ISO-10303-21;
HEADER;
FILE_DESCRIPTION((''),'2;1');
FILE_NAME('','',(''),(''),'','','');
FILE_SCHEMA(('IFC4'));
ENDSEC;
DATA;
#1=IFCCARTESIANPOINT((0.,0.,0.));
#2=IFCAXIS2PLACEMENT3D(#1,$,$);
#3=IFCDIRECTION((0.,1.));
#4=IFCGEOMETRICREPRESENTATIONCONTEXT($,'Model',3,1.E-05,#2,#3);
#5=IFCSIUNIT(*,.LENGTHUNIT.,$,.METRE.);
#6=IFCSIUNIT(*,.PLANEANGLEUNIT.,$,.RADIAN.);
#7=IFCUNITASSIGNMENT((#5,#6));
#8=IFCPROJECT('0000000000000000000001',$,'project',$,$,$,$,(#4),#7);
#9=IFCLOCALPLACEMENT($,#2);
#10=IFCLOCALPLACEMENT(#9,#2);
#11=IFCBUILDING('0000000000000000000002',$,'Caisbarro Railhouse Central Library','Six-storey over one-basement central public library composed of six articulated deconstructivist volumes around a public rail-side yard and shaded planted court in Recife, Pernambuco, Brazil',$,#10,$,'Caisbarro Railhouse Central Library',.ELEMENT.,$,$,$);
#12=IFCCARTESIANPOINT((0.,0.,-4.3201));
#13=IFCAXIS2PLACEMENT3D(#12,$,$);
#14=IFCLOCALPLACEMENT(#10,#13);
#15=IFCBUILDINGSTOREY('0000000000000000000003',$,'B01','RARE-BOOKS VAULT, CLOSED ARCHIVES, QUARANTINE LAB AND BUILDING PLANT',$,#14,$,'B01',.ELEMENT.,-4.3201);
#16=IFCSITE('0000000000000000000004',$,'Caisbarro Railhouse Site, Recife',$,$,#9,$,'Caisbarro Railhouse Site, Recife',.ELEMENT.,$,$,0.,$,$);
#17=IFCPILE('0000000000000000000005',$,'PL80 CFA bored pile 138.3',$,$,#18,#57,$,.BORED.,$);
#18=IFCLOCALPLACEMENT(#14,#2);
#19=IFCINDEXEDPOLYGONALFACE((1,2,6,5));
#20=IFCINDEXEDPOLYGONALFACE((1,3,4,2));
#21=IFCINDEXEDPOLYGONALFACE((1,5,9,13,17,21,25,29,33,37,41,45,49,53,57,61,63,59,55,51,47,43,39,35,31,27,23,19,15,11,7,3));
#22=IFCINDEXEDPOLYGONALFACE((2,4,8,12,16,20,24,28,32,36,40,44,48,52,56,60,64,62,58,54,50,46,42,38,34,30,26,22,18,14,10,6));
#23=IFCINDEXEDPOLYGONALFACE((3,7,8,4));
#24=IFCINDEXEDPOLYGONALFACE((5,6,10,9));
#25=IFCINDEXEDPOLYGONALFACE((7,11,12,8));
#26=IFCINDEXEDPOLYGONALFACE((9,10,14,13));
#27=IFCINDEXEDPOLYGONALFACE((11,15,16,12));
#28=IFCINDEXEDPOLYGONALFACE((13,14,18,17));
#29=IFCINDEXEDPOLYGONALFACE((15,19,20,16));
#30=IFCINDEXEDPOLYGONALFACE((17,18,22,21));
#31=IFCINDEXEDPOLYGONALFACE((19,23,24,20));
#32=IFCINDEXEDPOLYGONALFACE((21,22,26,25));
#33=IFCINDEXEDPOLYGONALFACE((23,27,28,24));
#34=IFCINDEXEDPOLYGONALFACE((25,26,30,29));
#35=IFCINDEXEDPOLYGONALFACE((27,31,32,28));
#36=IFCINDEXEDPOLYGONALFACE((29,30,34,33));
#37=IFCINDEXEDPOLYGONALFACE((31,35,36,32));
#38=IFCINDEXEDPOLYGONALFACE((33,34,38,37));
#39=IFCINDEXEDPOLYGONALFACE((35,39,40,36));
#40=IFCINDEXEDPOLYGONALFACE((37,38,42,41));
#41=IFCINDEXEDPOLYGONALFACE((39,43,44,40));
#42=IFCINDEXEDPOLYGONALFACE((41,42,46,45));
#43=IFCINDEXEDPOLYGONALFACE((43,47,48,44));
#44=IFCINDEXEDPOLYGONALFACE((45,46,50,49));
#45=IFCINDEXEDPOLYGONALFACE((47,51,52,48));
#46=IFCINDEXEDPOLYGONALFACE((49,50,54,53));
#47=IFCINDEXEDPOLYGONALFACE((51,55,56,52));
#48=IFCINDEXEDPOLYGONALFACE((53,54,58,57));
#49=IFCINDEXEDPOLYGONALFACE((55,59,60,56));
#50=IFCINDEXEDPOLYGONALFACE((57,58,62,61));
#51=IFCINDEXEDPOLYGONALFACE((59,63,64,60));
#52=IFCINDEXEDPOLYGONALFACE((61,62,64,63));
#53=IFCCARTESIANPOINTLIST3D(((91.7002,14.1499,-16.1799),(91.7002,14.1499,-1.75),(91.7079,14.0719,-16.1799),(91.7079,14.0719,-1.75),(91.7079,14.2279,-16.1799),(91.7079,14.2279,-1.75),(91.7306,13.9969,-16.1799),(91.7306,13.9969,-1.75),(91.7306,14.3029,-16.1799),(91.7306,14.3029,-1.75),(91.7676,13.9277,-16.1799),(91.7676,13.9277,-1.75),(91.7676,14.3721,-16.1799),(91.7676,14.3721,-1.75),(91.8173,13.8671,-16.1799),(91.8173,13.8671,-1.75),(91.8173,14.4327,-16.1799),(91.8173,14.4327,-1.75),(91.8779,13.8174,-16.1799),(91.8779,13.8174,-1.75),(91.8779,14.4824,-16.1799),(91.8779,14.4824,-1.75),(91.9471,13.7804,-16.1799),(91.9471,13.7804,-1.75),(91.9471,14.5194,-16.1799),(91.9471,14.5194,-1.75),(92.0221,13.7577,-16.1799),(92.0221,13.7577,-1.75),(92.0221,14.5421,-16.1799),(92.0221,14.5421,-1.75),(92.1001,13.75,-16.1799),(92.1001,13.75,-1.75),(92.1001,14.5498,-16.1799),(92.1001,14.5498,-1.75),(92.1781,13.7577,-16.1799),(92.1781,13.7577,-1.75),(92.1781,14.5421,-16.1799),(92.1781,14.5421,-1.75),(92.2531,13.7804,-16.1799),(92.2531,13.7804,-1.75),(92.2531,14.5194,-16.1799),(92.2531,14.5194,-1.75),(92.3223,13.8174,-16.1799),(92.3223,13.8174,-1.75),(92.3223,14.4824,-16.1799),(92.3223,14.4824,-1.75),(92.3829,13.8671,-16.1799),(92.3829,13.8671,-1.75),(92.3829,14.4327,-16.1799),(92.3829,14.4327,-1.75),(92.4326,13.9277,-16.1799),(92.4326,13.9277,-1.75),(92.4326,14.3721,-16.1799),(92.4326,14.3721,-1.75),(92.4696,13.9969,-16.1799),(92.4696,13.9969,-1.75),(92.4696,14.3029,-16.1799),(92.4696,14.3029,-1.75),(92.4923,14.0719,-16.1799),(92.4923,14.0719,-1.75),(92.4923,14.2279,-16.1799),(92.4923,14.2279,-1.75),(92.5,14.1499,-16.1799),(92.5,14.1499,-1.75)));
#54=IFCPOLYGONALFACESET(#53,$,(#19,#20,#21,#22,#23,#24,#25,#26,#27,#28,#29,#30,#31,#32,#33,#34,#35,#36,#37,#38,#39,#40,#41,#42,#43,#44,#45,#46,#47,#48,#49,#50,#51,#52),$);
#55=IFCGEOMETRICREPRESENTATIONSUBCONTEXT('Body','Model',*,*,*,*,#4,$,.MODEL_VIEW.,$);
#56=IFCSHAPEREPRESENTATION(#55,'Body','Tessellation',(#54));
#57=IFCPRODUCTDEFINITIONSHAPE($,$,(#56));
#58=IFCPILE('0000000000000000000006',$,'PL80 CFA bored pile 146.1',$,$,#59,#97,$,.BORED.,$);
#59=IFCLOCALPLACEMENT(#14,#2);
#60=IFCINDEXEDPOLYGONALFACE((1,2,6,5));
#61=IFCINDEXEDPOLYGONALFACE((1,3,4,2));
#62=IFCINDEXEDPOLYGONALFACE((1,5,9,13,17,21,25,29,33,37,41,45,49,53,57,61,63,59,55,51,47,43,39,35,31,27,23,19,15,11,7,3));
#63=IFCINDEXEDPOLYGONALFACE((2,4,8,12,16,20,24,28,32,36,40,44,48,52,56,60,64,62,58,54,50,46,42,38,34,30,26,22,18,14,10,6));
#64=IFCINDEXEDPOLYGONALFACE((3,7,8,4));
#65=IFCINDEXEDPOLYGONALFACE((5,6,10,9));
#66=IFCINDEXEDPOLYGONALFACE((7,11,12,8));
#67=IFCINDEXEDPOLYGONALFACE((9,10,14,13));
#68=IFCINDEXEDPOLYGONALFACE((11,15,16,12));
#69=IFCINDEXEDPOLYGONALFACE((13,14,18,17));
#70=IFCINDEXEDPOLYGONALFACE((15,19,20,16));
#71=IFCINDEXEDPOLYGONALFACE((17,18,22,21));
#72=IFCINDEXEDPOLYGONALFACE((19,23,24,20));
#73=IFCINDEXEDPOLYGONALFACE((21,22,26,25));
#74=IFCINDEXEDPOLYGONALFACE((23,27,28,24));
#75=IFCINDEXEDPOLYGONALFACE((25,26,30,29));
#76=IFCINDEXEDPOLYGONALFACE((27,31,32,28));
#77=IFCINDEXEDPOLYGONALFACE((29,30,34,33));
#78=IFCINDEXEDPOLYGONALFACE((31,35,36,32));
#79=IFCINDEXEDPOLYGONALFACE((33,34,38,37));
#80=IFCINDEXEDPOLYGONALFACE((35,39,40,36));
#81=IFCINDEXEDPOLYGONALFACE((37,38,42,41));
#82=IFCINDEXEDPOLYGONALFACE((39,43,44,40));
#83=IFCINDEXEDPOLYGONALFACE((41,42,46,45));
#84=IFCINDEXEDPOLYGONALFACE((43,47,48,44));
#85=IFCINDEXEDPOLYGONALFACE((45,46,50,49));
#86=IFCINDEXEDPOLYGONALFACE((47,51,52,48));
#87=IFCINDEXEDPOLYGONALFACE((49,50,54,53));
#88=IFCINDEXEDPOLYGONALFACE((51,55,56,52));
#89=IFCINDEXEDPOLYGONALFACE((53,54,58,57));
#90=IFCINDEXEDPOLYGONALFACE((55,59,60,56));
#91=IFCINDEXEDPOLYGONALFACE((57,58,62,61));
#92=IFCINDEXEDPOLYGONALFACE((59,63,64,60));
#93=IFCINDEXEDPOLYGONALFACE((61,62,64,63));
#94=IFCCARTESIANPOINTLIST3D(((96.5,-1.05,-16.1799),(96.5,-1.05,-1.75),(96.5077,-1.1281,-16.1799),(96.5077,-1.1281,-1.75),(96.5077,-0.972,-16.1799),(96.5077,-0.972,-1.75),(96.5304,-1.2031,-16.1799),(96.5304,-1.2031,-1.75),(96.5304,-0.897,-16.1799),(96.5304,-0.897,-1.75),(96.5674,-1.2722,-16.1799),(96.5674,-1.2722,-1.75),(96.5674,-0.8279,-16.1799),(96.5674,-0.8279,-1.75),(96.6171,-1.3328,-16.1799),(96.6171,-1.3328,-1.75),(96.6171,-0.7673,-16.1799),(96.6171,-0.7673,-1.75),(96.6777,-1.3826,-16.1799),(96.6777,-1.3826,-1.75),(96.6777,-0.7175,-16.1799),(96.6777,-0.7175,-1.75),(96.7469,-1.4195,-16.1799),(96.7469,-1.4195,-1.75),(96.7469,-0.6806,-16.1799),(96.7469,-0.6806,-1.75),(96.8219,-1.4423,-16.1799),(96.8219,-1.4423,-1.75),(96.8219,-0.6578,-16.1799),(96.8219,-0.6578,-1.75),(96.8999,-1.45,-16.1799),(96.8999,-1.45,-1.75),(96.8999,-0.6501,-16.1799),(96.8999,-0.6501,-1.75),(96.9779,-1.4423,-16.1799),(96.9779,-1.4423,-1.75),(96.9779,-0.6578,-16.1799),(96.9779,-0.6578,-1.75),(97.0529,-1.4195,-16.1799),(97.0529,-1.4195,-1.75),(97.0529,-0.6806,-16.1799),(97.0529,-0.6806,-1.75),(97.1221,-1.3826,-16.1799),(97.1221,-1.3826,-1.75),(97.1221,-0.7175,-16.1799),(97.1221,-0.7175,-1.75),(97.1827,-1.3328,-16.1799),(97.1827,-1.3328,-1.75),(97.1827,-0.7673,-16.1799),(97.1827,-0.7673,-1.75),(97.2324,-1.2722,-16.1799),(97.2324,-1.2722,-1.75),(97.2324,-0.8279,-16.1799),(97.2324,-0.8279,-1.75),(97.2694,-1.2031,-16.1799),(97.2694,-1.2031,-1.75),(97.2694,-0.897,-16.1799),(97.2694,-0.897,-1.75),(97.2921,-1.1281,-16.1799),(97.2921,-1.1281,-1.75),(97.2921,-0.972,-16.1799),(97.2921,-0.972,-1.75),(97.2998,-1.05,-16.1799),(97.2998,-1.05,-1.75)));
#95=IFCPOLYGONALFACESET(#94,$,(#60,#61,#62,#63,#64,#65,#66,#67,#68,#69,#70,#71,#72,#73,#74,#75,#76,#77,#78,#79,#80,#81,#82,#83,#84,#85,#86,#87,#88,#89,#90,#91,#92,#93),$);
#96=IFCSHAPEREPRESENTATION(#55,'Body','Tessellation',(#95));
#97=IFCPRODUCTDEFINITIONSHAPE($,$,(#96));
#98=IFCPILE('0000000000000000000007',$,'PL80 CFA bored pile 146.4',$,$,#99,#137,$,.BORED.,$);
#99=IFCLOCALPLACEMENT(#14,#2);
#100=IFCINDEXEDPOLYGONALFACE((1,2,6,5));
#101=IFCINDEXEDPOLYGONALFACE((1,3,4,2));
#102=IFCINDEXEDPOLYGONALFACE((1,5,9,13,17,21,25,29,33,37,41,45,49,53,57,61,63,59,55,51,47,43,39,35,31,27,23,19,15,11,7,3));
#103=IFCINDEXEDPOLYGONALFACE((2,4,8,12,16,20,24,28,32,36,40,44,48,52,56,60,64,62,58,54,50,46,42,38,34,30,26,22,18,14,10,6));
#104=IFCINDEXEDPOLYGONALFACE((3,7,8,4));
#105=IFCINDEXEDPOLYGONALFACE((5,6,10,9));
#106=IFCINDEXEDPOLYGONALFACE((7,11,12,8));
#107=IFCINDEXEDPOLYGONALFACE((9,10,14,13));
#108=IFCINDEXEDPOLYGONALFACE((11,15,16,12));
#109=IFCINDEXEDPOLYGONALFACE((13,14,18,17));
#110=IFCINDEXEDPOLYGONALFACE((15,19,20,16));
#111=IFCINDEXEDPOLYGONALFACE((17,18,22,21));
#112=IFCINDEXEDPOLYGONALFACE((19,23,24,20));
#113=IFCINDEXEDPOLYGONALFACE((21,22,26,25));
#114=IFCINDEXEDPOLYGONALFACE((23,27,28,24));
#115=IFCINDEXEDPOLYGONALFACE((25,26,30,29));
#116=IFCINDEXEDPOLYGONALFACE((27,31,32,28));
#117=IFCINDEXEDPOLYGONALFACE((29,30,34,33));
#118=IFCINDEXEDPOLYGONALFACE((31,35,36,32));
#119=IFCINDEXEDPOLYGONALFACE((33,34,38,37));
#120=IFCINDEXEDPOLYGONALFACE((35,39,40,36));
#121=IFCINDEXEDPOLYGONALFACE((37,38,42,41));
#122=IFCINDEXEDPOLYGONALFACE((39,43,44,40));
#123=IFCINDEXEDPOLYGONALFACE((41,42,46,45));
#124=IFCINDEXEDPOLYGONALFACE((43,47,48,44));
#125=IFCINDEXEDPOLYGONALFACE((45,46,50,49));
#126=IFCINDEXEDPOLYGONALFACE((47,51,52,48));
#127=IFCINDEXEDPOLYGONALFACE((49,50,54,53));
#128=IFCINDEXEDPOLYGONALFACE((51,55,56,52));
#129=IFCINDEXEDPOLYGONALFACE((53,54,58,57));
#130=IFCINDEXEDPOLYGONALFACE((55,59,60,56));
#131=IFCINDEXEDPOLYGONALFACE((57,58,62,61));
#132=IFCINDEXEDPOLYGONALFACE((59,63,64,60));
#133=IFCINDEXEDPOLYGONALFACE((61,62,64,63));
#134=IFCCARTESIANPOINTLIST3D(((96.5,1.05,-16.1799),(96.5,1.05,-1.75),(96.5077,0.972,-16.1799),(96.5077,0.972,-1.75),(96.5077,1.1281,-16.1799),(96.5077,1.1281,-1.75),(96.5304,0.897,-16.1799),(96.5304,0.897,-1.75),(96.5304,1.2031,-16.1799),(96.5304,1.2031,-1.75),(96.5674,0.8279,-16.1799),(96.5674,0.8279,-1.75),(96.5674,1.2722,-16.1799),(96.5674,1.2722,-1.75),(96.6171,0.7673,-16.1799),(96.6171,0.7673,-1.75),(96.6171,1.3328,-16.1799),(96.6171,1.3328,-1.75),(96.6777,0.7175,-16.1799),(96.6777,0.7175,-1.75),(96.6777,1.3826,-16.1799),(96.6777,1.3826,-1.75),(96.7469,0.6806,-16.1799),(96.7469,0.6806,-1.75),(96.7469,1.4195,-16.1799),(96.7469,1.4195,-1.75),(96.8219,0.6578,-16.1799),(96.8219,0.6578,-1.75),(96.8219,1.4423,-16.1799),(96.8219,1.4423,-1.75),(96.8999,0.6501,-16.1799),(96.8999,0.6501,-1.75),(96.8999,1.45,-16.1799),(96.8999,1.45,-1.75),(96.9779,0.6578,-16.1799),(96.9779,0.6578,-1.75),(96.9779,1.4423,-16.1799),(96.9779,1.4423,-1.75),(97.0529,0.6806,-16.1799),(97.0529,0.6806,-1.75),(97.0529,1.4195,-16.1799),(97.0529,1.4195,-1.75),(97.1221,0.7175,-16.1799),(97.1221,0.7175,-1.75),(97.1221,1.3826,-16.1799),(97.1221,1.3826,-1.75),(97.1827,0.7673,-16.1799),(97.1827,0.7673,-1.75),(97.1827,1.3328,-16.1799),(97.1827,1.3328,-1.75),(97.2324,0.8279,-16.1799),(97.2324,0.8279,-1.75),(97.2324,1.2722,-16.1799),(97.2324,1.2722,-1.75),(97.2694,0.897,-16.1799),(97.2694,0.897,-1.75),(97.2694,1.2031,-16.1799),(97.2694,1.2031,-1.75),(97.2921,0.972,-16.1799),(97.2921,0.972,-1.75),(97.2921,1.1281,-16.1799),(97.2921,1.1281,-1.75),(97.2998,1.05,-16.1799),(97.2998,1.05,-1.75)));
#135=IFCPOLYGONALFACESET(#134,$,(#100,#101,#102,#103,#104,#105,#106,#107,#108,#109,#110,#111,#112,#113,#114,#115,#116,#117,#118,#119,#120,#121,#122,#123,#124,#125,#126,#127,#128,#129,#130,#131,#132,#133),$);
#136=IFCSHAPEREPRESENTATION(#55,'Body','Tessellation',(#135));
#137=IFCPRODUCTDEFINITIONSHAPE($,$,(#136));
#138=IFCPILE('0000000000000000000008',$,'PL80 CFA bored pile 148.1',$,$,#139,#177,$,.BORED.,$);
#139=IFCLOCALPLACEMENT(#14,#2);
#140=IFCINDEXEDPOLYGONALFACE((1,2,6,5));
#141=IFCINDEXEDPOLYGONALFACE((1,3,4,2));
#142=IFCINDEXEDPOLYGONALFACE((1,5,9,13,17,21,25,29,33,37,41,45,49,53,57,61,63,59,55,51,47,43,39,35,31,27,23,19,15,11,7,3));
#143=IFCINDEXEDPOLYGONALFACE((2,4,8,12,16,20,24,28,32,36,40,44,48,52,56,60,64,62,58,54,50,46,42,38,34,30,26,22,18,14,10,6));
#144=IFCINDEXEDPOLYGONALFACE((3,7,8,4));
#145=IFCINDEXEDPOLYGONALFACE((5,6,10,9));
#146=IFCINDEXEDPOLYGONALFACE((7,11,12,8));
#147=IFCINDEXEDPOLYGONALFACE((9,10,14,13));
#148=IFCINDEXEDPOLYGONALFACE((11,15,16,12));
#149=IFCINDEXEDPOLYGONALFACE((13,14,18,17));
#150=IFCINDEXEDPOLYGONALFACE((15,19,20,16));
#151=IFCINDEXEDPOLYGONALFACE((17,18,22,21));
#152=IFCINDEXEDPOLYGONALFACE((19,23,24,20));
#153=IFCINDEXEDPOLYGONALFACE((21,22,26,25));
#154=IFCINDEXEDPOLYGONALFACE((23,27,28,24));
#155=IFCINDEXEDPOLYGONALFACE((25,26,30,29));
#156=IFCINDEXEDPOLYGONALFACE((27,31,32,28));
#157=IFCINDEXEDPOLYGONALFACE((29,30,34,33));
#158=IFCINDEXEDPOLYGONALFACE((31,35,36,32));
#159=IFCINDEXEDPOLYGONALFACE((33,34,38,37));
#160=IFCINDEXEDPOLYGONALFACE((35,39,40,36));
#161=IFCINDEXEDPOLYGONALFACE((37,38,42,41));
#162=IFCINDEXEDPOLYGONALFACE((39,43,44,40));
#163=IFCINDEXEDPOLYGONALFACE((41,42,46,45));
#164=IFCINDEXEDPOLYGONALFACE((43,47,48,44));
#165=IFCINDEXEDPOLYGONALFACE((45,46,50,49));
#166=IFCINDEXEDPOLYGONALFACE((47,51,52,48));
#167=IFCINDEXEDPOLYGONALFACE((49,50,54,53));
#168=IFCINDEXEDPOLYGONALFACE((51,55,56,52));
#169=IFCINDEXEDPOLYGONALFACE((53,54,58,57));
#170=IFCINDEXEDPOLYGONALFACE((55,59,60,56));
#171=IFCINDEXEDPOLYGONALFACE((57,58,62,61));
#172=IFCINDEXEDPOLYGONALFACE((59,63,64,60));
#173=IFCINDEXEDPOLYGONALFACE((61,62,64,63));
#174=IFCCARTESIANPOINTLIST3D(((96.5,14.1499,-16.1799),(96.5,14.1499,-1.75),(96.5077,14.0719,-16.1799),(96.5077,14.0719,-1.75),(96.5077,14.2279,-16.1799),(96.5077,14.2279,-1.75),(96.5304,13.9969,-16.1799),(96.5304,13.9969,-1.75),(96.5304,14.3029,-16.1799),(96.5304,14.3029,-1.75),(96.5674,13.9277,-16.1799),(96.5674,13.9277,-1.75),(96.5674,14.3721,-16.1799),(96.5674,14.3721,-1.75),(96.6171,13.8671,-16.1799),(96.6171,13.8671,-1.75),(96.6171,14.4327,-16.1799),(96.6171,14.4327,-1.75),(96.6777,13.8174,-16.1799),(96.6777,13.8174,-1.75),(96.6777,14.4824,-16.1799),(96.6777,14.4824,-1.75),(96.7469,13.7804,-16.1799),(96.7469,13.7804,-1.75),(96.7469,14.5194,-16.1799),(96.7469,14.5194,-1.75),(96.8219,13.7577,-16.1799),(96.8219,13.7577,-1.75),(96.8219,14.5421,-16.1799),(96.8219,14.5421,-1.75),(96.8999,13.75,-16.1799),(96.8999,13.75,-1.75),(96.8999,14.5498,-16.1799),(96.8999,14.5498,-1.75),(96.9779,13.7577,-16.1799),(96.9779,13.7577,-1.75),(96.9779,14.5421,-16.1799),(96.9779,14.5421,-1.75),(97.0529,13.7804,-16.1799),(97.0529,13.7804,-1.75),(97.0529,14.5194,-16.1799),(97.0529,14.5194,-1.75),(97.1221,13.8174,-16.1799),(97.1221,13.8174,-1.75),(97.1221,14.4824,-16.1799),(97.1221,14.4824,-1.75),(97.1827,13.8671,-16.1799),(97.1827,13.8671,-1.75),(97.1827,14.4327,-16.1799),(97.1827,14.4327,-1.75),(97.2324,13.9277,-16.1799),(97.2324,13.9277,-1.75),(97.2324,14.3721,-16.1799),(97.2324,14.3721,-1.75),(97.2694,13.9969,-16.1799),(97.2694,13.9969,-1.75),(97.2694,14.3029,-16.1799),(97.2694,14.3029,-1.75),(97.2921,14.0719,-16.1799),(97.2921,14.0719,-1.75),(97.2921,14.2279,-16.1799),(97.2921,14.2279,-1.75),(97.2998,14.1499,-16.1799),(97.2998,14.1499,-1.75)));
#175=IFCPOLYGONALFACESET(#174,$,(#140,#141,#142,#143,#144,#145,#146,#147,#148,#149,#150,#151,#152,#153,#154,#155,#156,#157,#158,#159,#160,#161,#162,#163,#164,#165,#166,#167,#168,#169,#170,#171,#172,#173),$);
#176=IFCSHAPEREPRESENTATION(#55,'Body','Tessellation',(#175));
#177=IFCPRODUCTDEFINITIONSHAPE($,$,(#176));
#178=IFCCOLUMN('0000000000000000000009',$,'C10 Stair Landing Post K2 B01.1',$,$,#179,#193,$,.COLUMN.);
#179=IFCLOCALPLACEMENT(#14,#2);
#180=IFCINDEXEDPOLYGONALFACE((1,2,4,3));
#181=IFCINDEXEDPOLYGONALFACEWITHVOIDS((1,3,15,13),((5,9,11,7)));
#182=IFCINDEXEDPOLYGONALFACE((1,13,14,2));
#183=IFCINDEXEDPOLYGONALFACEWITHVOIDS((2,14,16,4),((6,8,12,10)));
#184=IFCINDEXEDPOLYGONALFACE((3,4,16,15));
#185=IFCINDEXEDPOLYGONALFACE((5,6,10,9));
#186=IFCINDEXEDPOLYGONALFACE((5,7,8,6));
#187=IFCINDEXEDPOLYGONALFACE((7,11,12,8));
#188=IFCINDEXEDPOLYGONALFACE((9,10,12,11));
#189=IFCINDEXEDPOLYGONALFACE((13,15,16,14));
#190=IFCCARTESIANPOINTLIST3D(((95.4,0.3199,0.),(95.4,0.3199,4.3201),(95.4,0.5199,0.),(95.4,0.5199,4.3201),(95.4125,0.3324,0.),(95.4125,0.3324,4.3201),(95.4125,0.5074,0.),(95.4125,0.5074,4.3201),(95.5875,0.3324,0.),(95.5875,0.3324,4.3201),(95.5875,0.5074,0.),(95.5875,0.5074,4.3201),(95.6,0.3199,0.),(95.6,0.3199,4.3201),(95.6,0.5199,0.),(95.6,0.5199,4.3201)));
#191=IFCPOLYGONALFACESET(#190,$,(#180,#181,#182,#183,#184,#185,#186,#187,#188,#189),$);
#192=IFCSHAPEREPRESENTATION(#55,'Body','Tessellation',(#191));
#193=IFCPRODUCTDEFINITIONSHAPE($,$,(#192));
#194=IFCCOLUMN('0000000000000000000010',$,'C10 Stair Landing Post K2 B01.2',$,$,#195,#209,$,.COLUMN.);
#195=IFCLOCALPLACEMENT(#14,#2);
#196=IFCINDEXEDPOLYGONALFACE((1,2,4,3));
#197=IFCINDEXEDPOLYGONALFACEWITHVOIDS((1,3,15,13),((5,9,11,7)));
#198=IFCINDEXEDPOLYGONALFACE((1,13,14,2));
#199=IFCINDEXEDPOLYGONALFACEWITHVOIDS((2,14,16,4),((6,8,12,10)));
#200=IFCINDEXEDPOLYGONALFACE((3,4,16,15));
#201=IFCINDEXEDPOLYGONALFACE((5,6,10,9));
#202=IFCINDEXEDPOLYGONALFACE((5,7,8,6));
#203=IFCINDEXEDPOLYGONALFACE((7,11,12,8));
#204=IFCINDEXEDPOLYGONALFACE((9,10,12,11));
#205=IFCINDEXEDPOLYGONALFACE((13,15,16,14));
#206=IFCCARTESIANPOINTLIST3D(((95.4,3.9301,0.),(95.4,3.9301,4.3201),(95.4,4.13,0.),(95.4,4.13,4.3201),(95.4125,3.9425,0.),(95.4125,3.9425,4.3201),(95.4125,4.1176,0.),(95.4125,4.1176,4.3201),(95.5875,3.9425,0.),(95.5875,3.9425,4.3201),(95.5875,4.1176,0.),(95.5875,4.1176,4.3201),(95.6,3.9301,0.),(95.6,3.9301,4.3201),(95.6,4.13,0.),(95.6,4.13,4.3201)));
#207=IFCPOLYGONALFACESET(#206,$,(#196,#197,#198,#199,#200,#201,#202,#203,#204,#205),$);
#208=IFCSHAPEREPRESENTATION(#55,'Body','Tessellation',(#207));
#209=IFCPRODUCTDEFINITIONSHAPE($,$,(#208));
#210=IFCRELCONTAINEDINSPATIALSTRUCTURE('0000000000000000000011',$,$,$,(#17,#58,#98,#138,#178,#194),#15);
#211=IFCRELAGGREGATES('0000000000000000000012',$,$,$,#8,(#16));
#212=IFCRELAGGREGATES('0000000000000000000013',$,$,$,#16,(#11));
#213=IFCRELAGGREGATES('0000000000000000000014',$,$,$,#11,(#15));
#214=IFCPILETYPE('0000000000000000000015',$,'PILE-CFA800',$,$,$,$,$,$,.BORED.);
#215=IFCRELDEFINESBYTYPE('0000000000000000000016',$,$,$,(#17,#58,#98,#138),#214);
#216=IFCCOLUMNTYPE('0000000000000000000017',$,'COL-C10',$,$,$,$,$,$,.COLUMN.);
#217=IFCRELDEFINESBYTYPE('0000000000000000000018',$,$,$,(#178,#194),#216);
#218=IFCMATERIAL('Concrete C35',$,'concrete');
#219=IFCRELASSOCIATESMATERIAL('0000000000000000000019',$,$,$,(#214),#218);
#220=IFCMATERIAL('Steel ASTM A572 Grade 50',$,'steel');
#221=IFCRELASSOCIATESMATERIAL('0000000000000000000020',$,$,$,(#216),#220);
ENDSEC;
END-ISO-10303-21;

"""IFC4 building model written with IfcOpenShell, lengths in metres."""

from ifc_helpers import new_model, si_unit, direction, frame, origin, origin_2d, place, context, subcontext, project, spatial, hollow_rectangle, circle, extrude, material, material_profile, profile_set, type_object, element, save


model = new_model("IFC4")

# Units and contexts
model_context = context("Model", 3, precision=1e-05, world=origin(), true_north=direction((0.0, 1.0)))
body_context = subcontext(model_context, "Body", "Model", "MODEL_VIEW")
ifc_project = project(units=[si_unit("LENGTHUNIT", "METRE"), si_unit("PLANEANGLEUNIT", "RADIAN")], contexts=[model_context])

# Site, building, storey
site_placement = place(None, origin())
site = spatial("IfcSite", under=ifc_project, at=site_placement, Name="Caisbarro Railhouse Site, Recife", LongName="Caisbarro Railhouse Site, Recife", CompositionType="ELEMENT", RefElevation=0.0)
building_placement = place(site_placement, origin())
building = spatial("IfcBuilding", under=site, at=building_placement, Name="Caisbarro Railhouse Central Library", Description="Six-storey over one-basement central public library composed of six articulated deconstructivist volumes around a public rail-side yard and shaded planted court in Recife, Pernambuco, Brazil", LongName="Caisbarro Railhouse Central Library", CompositionType="ELEMENT")
storey_placement = place(building_placement, frame((0.0, 0.0, -4.3201)))
storey = spatial("IfcBuildingStorey", under=building, at=storey_placement, Name="B01", Description="RARE-BOOKS VAULT, CLOSED ARCHIVES, QUARANTINE LAB AND BUILDING PLANT", LongName="B01", CompositionType="ELEMENT", Elevation=-4.3201)

# Piles
ifc_material_1 = material(Name="Concrete C35", Category="concrete")
ifc_material_profile_1 = material_profile(ifc_material_1, circle(Radius=0.3999, at=origin_2d()), Name="PILE-CFA-800")
ifc_profile_set_1 = profile_set([ifc_material_profile_1], Name="Concrete C35")
pile_type = type_object("IfcPileType", Name="PILE-CFA800", PredefinedType="BORED", material=ifc_profile_set_1)
for number, where, z_axis, x_axis, name in (
    (1, (92.1001, 14.1499, -1.75), (0.0, 0.0, -1.0), (1.0, 0.0, 0.0), "PL80 CFA bored pile 138.3"),
    (2, (96.8999, -1.05, -1.75), (0.0, 0.0, -1.0), (1.0, 0.0, 0.0), "PL80 CFA bored pile 146.1"),
    (3, (96.8999, 1.05, -1.75), (0.0, 0.0, -1.0), (1.0, 0.0, 0.0), "PL80 CFA bored pile 146.4"),
    (4, (96.8999, 14.1499, -1.75), (0.0, 0.0, -1.0), (1.0, 0.0, 0.0), "PL80 CFA bored pile 148.1"),
):
    element("IfcPile", number, at=place(storey_placement, frame(where, z_axis=z_axis, x_axis=x_axis)), inside=storey, type_object=pile_type, Name=name, PredefinedType="BORED", context=body_context, shape_type="SweptSolid", body=[
        extrude(circle(Radius=0.3999, at=origin_2d()), origin(), (0.0, 0.0, 1.0), 14.4299),
    ])

# Columns
ifc_material_2 = material(Name="Steel ASTM A572 Grade 50", Category="steel")
ifc_material_profile_2 = material_profile(ifc_material_2, hollow_rectangle(XDim=0.2, YDim=0.2, WallThickness=0.0125, at=origin_2d()), Name="HSS200X200X12.5")
ifc_profile_set_2 = profile_set([ifc_material_profile_2], Name="Steel ASTM A572 Grade 50")
column_type = type_object("IfcColumnType", Name="COL-C10", PredefinedType="COLUMN", material=ifc_profile_set_2)
for number, where, z_axis, x_axis, name in (
    (5, (95.5, 0.4199, 0.0), (0.0, 0.0, 1.0), (1.0, 0.0, 0.0), "C10 Stair Landing Post K2 B01.1"),
    (6, (95.5, 4.03, 0.0), (0.0, 0.0, 1.0), (1.0, 0.0, 0.0), "C10 Stair Landing Post K2 B01.2"),
):
    element("IfcColumn", number, at=place(storey_placement, frame(where, z_axis=z_axis, x_axis=x_axis)), inside=storey, type_object=column_type, Name=name, PredefinedType="COLUMN", context=body_context, shape_type="SweptSolid", body=[
        extrude(hollow_rectangle(XDim=0.2, YDim=0.2, WallThickness=0.0125, at=origin_2d()), origin(), (0.0, 0.0, 1.0), 4.3201),
    ])

save(model, "model.ifc")
